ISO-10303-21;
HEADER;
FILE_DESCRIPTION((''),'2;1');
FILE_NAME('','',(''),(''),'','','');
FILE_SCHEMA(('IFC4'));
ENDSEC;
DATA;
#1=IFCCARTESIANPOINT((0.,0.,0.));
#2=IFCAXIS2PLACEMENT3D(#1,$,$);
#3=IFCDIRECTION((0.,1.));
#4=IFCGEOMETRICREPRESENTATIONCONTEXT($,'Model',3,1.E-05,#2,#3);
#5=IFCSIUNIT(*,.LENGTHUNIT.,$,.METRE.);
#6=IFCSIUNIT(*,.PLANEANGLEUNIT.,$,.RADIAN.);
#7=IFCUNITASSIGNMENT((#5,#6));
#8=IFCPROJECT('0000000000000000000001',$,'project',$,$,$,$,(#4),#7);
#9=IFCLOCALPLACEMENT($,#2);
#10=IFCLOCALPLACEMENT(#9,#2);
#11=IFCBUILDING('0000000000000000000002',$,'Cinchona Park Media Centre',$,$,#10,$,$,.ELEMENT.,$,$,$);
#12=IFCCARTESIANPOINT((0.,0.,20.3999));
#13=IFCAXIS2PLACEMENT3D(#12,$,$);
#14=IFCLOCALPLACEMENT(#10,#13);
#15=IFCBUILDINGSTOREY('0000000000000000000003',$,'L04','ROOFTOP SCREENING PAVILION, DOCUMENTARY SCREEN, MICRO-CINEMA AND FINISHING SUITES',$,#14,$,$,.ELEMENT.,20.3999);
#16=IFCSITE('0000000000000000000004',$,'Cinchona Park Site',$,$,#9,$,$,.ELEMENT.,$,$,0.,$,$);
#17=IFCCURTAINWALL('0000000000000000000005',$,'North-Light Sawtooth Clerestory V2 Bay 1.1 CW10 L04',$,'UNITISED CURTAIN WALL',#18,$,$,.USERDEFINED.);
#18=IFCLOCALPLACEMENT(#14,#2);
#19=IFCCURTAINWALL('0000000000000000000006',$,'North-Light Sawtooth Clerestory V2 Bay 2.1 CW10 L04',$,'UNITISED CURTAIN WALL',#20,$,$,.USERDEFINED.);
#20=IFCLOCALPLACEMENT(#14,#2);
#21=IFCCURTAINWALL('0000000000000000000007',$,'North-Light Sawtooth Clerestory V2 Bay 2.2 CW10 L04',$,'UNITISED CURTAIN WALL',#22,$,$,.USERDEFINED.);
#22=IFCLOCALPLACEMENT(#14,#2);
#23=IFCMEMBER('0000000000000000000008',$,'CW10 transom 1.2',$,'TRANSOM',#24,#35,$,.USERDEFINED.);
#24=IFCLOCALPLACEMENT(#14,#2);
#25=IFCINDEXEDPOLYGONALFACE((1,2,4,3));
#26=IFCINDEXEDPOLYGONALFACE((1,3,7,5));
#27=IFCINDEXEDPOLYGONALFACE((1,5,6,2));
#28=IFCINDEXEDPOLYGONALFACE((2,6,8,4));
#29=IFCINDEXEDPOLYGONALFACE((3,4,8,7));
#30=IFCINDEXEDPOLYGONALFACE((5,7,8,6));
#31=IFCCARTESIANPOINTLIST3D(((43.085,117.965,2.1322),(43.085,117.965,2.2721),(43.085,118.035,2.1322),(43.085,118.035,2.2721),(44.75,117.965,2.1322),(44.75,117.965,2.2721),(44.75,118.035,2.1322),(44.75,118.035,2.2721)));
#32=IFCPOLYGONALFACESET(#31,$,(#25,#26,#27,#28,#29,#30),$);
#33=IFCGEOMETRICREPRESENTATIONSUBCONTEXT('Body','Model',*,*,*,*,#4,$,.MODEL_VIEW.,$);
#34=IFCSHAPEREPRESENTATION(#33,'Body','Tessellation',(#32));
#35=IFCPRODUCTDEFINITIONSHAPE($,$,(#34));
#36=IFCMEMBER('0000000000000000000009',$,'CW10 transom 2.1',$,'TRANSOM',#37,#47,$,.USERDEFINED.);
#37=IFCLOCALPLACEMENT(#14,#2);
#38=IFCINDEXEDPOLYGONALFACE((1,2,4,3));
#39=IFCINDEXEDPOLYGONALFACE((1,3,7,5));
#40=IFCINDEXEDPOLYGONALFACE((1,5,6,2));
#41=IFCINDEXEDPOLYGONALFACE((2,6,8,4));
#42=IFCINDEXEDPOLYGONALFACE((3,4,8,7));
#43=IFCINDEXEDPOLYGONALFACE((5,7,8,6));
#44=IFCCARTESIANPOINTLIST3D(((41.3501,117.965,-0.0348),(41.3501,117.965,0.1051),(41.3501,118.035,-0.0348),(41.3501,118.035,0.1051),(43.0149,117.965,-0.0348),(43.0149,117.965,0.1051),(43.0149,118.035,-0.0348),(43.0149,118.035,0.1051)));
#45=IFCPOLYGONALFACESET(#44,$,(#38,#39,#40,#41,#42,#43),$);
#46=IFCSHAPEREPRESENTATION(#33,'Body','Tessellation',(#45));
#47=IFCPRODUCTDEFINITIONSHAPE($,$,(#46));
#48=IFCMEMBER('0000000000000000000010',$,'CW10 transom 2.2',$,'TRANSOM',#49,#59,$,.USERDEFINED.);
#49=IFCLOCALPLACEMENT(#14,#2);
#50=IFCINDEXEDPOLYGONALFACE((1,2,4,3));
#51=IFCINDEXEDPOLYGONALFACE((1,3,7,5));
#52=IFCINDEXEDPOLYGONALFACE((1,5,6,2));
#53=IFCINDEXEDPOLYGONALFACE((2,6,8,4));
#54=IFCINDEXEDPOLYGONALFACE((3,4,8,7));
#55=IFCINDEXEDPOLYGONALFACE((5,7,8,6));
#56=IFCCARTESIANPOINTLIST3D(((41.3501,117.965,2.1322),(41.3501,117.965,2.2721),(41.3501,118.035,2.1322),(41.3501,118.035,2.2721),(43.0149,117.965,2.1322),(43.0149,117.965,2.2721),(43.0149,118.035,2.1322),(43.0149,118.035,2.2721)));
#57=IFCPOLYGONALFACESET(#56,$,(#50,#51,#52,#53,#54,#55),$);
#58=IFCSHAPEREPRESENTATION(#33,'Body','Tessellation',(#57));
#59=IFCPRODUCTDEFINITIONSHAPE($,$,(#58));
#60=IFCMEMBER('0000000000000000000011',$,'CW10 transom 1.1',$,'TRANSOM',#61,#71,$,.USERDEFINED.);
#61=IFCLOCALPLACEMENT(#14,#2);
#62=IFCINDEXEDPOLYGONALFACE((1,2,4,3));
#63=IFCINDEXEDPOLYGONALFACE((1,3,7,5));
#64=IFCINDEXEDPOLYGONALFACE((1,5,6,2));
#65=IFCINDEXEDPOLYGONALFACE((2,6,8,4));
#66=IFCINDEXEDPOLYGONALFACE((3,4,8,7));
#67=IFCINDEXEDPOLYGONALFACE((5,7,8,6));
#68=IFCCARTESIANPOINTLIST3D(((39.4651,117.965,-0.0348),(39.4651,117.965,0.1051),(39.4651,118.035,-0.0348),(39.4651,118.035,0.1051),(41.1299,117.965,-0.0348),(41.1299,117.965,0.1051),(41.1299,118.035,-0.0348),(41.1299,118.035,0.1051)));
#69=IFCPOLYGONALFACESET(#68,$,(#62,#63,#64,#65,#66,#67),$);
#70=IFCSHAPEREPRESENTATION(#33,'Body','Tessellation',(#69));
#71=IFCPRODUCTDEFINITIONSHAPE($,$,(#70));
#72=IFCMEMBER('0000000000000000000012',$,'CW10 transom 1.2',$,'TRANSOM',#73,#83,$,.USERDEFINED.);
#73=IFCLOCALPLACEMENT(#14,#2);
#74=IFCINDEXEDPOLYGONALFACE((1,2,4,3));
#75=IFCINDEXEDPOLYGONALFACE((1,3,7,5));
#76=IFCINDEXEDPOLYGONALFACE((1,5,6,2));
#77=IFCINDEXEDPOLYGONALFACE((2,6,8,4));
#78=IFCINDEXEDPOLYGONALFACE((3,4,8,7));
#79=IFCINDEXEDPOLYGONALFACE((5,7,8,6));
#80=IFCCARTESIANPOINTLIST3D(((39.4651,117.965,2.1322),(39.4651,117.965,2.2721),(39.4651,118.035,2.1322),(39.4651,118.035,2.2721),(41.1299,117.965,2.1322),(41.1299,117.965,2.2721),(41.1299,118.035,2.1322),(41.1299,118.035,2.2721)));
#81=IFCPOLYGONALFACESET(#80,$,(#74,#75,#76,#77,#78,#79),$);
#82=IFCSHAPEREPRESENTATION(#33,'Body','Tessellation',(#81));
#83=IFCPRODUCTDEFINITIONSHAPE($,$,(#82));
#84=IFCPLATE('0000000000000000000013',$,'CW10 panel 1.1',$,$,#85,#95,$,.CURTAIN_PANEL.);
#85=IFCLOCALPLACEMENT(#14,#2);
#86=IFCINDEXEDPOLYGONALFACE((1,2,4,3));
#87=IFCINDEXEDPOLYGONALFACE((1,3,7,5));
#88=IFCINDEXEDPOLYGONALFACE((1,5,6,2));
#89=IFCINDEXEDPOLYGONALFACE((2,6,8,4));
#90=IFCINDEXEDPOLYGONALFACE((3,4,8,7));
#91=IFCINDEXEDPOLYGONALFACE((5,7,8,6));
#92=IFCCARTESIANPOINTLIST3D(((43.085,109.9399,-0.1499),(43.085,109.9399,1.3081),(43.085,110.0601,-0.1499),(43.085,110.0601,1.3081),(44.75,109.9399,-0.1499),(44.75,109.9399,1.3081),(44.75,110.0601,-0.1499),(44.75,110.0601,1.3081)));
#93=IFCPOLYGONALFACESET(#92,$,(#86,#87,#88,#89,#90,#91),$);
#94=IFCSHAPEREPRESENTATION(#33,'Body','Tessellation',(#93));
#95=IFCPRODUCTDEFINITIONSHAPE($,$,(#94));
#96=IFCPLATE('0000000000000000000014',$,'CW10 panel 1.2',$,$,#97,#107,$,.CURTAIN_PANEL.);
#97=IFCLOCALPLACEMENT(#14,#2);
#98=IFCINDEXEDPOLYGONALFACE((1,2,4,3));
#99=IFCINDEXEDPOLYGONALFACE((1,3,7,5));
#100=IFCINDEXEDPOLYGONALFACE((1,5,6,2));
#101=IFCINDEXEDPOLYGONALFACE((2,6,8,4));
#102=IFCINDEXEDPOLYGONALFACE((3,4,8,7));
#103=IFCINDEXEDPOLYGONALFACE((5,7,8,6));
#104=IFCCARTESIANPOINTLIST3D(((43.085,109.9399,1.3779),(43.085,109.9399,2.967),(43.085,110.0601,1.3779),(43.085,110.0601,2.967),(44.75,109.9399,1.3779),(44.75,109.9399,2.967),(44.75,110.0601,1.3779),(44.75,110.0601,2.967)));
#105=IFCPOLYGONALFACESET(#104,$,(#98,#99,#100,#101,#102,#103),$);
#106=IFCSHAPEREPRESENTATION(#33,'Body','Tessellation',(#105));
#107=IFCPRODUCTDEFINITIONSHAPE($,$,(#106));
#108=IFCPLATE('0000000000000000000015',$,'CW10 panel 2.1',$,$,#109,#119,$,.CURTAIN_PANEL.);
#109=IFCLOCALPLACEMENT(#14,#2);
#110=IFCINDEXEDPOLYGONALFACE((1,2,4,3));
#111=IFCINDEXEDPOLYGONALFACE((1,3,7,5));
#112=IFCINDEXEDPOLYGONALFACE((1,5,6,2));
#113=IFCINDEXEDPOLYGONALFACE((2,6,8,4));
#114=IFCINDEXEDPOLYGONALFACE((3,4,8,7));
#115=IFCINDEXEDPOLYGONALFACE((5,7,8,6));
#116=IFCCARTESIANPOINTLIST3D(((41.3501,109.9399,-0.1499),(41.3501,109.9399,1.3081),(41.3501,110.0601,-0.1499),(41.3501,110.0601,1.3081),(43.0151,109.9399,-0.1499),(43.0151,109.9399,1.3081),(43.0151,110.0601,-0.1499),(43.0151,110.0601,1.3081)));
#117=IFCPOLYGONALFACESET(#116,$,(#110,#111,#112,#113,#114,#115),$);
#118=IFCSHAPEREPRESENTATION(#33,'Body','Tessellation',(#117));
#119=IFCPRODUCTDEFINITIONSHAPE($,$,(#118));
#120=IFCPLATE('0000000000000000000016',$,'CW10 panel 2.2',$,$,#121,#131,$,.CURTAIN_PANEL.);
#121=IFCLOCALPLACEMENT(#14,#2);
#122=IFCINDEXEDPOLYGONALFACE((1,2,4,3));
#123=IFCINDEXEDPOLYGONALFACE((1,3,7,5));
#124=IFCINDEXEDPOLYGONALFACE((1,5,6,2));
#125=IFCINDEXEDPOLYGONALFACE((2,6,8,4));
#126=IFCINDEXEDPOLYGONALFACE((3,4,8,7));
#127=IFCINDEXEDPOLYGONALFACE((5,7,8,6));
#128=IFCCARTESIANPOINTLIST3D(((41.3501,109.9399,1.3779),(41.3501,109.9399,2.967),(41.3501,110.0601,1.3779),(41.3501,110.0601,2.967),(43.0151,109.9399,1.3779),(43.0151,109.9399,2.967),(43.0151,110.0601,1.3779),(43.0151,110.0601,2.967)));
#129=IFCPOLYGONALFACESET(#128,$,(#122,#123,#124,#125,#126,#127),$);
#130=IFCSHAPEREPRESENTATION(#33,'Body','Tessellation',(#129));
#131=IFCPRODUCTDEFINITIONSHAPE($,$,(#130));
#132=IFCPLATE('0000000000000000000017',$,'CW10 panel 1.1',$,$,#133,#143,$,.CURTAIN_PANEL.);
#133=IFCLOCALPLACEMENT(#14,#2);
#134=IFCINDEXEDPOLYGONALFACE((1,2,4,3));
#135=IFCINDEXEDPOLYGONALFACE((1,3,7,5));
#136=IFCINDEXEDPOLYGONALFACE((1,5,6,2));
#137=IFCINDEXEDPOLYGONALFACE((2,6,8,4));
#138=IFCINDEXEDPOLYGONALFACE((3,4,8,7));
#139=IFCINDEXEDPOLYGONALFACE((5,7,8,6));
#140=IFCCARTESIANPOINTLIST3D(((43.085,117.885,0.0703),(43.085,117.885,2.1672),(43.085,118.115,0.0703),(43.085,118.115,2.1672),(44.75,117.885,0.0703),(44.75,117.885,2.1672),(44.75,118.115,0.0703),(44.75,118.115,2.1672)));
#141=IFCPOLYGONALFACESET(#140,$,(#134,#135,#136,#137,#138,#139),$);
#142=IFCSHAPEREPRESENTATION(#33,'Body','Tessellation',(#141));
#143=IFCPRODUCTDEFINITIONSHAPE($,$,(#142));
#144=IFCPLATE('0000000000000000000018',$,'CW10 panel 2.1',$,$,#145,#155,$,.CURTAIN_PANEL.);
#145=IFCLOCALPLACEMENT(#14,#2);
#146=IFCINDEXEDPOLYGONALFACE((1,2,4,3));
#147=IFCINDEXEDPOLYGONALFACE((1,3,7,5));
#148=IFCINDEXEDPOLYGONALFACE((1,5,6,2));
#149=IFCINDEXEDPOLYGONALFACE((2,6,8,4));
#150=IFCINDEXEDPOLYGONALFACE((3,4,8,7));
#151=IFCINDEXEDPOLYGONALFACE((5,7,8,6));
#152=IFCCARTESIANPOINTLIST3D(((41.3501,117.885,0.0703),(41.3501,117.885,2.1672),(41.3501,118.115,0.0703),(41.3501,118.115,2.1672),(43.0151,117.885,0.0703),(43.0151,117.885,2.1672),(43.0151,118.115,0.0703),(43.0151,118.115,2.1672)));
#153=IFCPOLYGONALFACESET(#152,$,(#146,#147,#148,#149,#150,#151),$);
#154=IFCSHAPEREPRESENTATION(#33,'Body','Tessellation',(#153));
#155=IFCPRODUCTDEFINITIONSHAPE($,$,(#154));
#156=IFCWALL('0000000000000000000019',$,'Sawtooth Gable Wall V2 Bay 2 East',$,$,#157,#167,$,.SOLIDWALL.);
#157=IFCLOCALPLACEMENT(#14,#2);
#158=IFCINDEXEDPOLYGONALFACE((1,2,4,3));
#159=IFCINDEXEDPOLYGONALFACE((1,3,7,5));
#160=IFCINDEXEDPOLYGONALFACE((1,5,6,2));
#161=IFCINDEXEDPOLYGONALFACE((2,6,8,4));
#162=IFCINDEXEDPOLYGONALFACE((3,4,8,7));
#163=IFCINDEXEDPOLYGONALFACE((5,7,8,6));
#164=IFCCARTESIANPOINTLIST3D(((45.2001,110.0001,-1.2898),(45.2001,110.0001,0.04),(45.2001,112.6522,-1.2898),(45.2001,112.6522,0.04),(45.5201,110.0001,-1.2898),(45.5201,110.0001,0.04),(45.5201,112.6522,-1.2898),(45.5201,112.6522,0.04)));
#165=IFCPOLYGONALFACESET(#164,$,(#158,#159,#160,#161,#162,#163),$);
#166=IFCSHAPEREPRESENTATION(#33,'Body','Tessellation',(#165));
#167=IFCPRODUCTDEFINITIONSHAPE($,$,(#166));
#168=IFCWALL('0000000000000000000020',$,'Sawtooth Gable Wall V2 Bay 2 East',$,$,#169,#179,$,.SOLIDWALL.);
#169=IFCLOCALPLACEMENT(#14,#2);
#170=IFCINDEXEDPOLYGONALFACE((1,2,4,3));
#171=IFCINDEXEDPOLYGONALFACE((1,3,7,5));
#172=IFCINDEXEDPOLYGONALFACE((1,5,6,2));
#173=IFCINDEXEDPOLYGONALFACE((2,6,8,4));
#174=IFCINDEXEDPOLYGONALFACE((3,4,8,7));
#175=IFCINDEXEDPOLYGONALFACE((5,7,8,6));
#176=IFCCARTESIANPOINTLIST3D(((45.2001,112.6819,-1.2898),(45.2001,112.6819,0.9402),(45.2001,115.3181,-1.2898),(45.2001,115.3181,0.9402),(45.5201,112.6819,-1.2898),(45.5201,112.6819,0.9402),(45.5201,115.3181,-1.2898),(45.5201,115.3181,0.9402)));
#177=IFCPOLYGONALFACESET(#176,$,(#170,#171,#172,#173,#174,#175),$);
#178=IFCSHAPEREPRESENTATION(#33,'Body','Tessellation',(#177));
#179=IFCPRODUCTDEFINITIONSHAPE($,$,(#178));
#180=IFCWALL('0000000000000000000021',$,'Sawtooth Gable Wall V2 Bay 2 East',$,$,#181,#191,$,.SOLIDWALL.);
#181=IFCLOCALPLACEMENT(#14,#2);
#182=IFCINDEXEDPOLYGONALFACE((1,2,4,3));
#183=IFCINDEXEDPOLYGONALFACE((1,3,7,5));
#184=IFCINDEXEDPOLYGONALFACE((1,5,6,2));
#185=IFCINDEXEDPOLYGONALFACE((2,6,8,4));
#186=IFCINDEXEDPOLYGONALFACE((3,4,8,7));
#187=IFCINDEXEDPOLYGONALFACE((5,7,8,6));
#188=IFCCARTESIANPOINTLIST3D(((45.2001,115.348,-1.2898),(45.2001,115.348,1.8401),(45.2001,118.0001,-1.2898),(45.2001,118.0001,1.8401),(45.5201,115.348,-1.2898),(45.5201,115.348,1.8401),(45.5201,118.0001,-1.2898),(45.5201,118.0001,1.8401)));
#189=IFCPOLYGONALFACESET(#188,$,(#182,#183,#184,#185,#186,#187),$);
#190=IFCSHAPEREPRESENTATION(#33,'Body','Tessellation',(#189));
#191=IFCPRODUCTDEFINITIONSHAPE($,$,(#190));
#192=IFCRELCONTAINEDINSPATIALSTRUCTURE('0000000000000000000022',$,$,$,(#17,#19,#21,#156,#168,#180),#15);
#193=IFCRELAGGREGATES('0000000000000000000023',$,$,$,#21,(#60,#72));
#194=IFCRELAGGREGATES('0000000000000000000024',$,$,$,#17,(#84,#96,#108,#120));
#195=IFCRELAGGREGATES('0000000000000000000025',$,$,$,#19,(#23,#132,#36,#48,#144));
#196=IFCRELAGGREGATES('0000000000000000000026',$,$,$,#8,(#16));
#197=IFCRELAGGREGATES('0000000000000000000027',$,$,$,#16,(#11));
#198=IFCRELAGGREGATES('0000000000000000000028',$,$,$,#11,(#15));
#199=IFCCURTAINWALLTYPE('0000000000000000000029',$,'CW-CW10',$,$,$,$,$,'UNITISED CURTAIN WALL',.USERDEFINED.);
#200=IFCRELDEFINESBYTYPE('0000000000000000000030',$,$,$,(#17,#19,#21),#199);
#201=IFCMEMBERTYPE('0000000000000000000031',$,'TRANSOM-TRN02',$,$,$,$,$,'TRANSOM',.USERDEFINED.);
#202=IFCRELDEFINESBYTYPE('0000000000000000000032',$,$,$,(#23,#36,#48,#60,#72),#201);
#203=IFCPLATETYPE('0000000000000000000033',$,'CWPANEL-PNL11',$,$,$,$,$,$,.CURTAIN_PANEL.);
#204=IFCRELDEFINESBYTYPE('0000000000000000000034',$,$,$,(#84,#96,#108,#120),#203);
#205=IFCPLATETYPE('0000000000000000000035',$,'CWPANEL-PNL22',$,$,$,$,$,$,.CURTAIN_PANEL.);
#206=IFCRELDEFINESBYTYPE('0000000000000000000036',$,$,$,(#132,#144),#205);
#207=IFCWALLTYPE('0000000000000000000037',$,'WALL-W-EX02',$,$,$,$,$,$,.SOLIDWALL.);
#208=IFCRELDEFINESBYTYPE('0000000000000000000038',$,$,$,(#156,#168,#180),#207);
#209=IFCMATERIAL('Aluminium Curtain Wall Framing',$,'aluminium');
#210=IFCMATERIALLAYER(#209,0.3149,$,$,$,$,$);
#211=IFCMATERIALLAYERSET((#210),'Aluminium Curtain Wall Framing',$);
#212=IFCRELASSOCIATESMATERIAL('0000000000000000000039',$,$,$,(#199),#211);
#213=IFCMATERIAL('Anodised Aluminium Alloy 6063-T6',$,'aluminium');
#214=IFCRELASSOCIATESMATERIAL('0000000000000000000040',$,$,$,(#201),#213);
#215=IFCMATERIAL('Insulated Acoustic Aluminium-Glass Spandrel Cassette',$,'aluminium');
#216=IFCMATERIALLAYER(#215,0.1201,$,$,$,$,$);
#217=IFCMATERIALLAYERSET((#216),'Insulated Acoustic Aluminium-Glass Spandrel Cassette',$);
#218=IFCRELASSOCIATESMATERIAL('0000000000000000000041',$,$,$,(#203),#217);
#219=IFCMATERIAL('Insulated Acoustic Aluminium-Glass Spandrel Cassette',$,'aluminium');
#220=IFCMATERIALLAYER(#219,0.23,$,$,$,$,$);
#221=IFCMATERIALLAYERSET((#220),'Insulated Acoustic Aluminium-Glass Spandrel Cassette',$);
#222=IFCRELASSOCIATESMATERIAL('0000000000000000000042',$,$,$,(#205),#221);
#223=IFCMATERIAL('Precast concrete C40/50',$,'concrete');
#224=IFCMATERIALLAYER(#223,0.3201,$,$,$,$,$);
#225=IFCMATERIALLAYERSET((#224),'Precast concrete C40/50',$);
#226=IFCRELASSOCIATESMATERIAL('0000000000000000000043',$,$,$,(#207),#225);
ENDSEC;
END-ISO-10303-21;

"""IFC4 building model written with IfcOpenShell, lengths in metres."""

from ifc_helpers import new_model, si_unit, direction, frame, frame_2d, origin, origin_2d, place, context, subcontext, project, spatial, rectangle, extrude, material, layer, layer_set, material_profile, profile_set, type_object, element, aggregate, save


model = new_model("IFC4")

# Units and contexts
model_context = context("Model", 3, precision=1e-05, world=origin(), true_north=direction((0.0, 1.0)))
body_context = subcontext(model_context, "Body", "Model", "MODEL_VIEW")
ifc_project = project(units=[si_unit("LENGTHUNIT", "METRE"), si_unit("PLANEANGLEUNIT", "RADIAN")], contexts=[model_context])

# Site, building, storey
site_placement = place(None, origin())
site = spatial("IfcSite", under=ifc_project, at=site_placement, Name="Cinchona Park Site", CompositionType="ELEMENT", RefElevation=0.0)
building_placement = place(site_placement, origin())
building = spatial("IfcBuilding", under=site, at=building_placement, Name="Cinchona Park Media Centre", CompositionType="ELEMENT")
storey_placement = place(building_placement, frame((0.0, 0.0, 20.3999)))
storey = spatial("IfcBuildingStorey", under=building, at=storey_placement, Name="L04", Description="ROOFTOP SCREENING PAVILION, DOCUMENTARY SCREEN, MICRO-CINEMA AND FINISHING SUITES", CompositionType="ELEMENT", Elevation=20.3999)

# Curtain wall
ifc_material_1 = material(Name="Aluminium Curtain Wall Framing", Category="aluminium")
ifc_layer_1 = layer(ifc_material_1, 0.3149)
ifc_layer_set_1 = layer_set([ifc_layer_1], Name="Aluminium Curtain Wall Framing")
curtain_wall_type = type_object("IfcCurtainWallType", Name="CW-CW10", ElementType="UNITISED CURTAIN WALL", PredefinedType="USERDEFINED", material=ifc_layer_set_1)
curtain_wall_1_placement = place(storey_placement, origin())
curtain_wall_1 = element("IfcCurtainWall", 1, at=curtain_wall_1_placement, inside=storey, type_object=curtain_wall_type, Name="North-Light Sawtooth Clerestory V2 Bay 1.1 CW10 L04", ObjectType="UNITISED CURTAIN WALL", PredefinedType="USERDEFINED")

# Curtain wall
curtain_wall_2_placement = place(storey_placement, origin())
curtain_wall_2 = element("IfcCurtainWall", 2, at=curtain_wall_2_placement, inside=storey, type_object=curtain_wall_type, Name="North-Light Sawtooth Clerestory V2 Bay 2.1 CW10 L04", ObjectType="UNITISED CURTAIN WALL", PredefinedType="USERDEFINED")

# Curtain wall
curtain_wall_3_placement = place(storey_placement, origin())
curtain_wall_3 = element("IfcCurtainWall", 3, at=curtain_wall_3_placement, inside=storey, type_object=curtain_wall_type, Name="North-Light Sawtooth Clerestory V2 Bay 2.2 CW10 L04", ObjectType="UNITISED CURTAIN WALL", PredefinedType="USERDEFINED")

# Members
ifc_material_2 = material(Name="Anodised Aluminium Alloy 6063-T6", Category="aluminium")
ifc_material_profile_1 = material_profile(ifc_material_2, rectangle(XDim=0.0701, YDim=0.1399, at=origin_2d()), Name="TRN-70X140")
ifc_profile_set_1 = profile_set([ifc_material_profile_1], Name="Anodised Aluminium Alloy 6063-T6")
member_type_1 = type_object("IfcMemberType", Name="TRANSOM-TRN02", ElementType="TRANSOM", PredefinedType="USERDEFINED", material=ifc_profile_set_1)
member_1_placement = place(storey_placement, frame((44.75, 118.0, 2.2021), z_axis=(-1.0, 0.0, 0.0), x_axis=(0.0, -1.0, 0.0)))
member_1 = element("IfcMember", 4, at=member_1_placement, type_object=member_type_1, Name="CW10 transom 1.2", ObjectType="TRANSOM", PredefinedType="USERDEFINED", context=body_context, shape_type="SweptSolid", body=[
    extrude(rectangle(XDim=0.0701, YDim=0.1399, at=origin_2d()), origin(), (0.0, 0.0, 1.0), 1.665),
])
member_2_placement = place(storey_placement, frame((43.0149, 118.0, 0.0352), z_axis=(-1.0, 0.0, 0.0), x_axis=(0.0, -1.0, 0.0)))
member_2 = element("IfcMember", 5, at=member_2_placement, type_object=member_type_1, Name="CW10 transom 2.1", ObjectType="TRANSOM", PredefinedType="USERDEFINED", context=body_context, shape_type="SweptSolid", body=[
    extrude(rectangle(XDim=0.0701, YDim=0.1399, at=origin_2d()), origin(), (0.0, 0.0, 1.0), 1.6648),
])
member_3_placement = place(storey_placement, frame((43.0149, 118.0, 2.2021), z_axis=(-1.0, 0.0, 0.0), x_axis=(0.0, -1.0, 0.0)))
member_3 = element("IfcMember", 6, at=member_3_placement, type_object=member_type_1, Name="CW10 transom 2.2", ObjectType="TRANSOM", PredefinedType="USERDEFINED", context=body_context, shape_type="SweptSolid", body=[
    extrude(rectangle(XDim=0.0701, YDim=0.1399, at=origin_2d()), origin(), (0.0, 0.0, 1.0), 1.6648),
])
member_4_placement = place(storey_placement, frame((41.1299, 118.0, 0.0352), z_axis=(-1.0, 0.0, 0.0), x_axis=(0.0, -1.0, 0.0)))
member_4 = element("IfcMember", 7, at=member_4_placement, type_object=member_type_1, Name="CW10 transom 1.1", ObjectType="TRANSOM", PredefinedType="USERDEFINED", context=body_context, shape_type="SweptSolid", body=[
    extrude(rectangle(XDim=0.0701, YDim=0.1399, at=origin_2d()), origin(), (0.0, 0.0, 1.0), 1.6648),
])
member_5_placement = place(storey_placement, frame((41.1299, 118.0, 2.2021), z_axis=(-1.0, 0.0, 0.0), x_axis=(0.0, -1.0, 0.0)))
member_5 = element("IfcMember", 8, at=member_5_placement, type_object=member_type_1, Name="CW10 transom 1.2", ObjectType="TRANSOM", PredefinedType="USERDEFINED", context=body_context, shape_type="SweptSolid", body=[
    extrude(rectangle(XDim=0.0701, YDim=0.1399, at=origin_2d()), origin(), (0.0, 0.0, 1.0), 1.6648),
])
aggregate(curtain_wall_3, [member_4, member_5])

# Plates
ifc_material_3 = material(Name="Insulated Acoustic Aluminium-Glass Spandrel Cassette", Category="aluminium")
ifc_layer_2 = layer(ifc_material_3, 0.1201)
ifc_layer_set_2 = layer_set([ifc_layer_2], Name="Insulated Acoustic Aluminium-Glass Spandrel Cassette")
plate_type_1 = type_object("IfcPlateType", Name="CWPANEL-PNL11", PredefinedType="CURTAIN_PANEL", material=ifc_layer_set_2)
plate_1_placement = place(storey_placement, frame((43.9175, 110.0, -0.1499), z_axis=(0.0, 0.0, 1.0), x_axis=(-1.0, 0.0, 0.0)))
plate_1 = element("IfcPlate", 9, at=plate_1_placement, type_object=plate_type_1, Name="CW10 panel 1.1", PredefinedType="CURTAIN_PANEL", context=body_context, shape_type="SweptSolid", body=[
    extrude(rectangle(XDim=1.665, YDim=0.1201, at=origin_2d()), origin(), (0.0, 0.0, 1.0), 1.458),
])
plate_2_placement = place(storey_placement, frame((43.9175, 110.0, 1.3779), z_axis=(0.0, 0.0, 1.0), x_axis=(-1.0, 0.0, 0.0)))
plate_2 = element("IfcPlate", 10, at=plate_2_placement, type_object=plate_type_1, Name="CW10 panel 1.2", PredefinedType="CURTAIN_PANEL", context=body_context, shape_type="SweptSolid", body=[
    extrude(rectangle(XDim=1.665, YDim=0.1201, at=origin_2d()), origin(), (0.0, 0.0, 1.0), 1.5891),
])
plate_3_placement = place(storey_placement, frame((42.1826, 110.0, -0.1499), z_axis=(0.0, 0.0, 1.0), x_axis=(-1.0, 0.0, 0.0)))
plate_3 = element("IfcPlate", 11, at=plate_3_placement, type_object=plate_type_1, Name="CW10 panel 2.1", PredefinedType="CURTAIN_PANEL", context=body_context, shape_type="SweptSolid", body=[
    extrude(rectangle(XDim=1.665, YDim=0.1201, at=origin_2d()), origin(), (0.0, 0.0, 1.0), 1.458),
])
plate_4_placement = place(storey_placement, frame((42.1826, 110.0, 1.3779), z_axis=(0.0, 0.0, 1.0), x_axis=(-1.0, 0.0, 0.0)))
plate_4 = element("IfcPlate", 12, at=plate_4_placement, type_object=plate_type_1, Name="CW10 panel 2.2", PredefinedType="CURTAIN_PANEL", context=body_context, shape_type="SweptSolid", body=[
    extrude(rectangle(XDim=1.665, YDim=0.1201, at=origin_2d()), origin(), (0.0, 0.0, 1.0), 1.5891),
])
aggregate(curtain_wall_1, [plate_1, plate_2, plate_3, plate_4])
ifc_material_4 = material(Name="Insulated Acoustic Aluminium-Glass Spandrel Cassette", Category="aluminium")
ifc_layer_3 = layer(ifc_material_4, 0.23)
ifc_layer_set_3 = layer_set([ifc_layer_3], Name="Insulated Acoustic Aluminium-Glass Spandrel Cassette")
plate_type_2 = type_object("IfcPlateType", Name="CWPANEL-PNL22", PredefinedType="CURTAIN_PANEL", material=ifc_layer_set_3)
plate_5_placement = place(storey_placement, frame((43.9175, 118.0, 0.0703), z_axis=(0.0, 0.0, 1.0), x_axis=(-1.0, 0.0, 0.0)))
plate_5 = element("IfcPlate", 13, at=plate_5_placement, type_object=plate_type_2, Name="CW10 panel 1.1", PredefinedType="CURTAIN_PANEL", context=body_context, shape_type="SweptSolid", body=[
    extrude(rectangle(XDim=1.665, YDim=0.23, at=origin_2d()), origin(), (0.0, 0.0, 1.0), 2.0969),
])
plate_6_placement = place(storey_placement, frame((42.1826, 118.0, 0.0703), z_axis=(0.0, 0.0, 1.0), x_axis=(-1.0, 0.0, 0.0)))
plate_6 = element("IfcPlate", 14, at=plate_6_placement, type_object=plate_type_2, Name="CW10 panel 2.1", PredefinedType="CURTAIN_PANEL", context=body_context, shape_type="SweptSolid", body=[
    extrude(rectangle(XDim=1.665, YDim=0.23, at=origin_2d()), origin(), (0.0, 0.0, 1.0), 2.0969),
])
aggregate(curtain_wall_2, [member_1, plate_5, member_2, member_3, plate_6])

# Walls
ifc_material_5 = material(Name="Precast concrete C40/50", Category="concrete")
ifc_layer_4 = layer(ifc_material_5, 0.3201)
ifc_layer_set_4 = layer_set([ifc_layer_4], Name="Precast concrete C40/50")
wall_type = type_object("IfcWallType", Name="WALL-W-EX02", PredefinedType="SOLIDWALL", material=ifc_layer_set_4)
wall_1_placement = place(storey_placement, frame((45.3601, 110.0, -1.2898), z_axis=(0.0, 0.0, 1.0), x_axis=(0.0, 1.0, 0.0)))
element("IfcWall", 15, at=wall_1_placement, inside=storey, type_object=wall_type, Name="Sawtooth Gable Wall V2 Bay 2 East", PredefinedType="SOLIDWALL", context=body_context, shape_type="SweptSolid", body=[
    extrude(rectangle(XDim=2.6521, YDim=0.3201, at=frame_2d((1.3262, 0.0))), origin(), (0.0, 0.0, 1.0), 1.3298),
])
wall_2_placement = place(storey_placement, frame((45.3601, 112.6819, -1.2898), z_axis=(0.0, 0.0, 1.0), x_axis=(0.0, 1.0, 0.0)))
element("IfcWall", 16, at=wall_2_placement, inside=storey, type_object=wall_type, Name="Sawtooth Gable Wall V2 Bay 2 East", PredefinedType="SOLIDWALL", context=body_context, shape_type="SweptSolid", body=[
    extrude(rectangle(XDim=2.6362, YDim=0.3201, at=frame_2d((1.3181, 0.0))), origin(), (0.0, 0.0, 1.0), 2.23),
])
wall_3_placement = place(storey_placement, frame((45.3601, 115.3479, -1.2898), z_axis=(0.0, 0.0, 1.0), x_axis=(0.0, 1.0, 0.0)))
element("IfcWall", 17, at=wall_3_placement, inside=storey, type_object=wall_type, Name="Sawtooth Gable Wall V2 Bay 2 East", PredefinedType="SOLIDWALL", context=body_context, shape_type="SweptSolid", body=[
    extrude(rectangle(XDim=2.6521, YDim=0.3201, at=frame_2d((1.3262, 0.0))), origin(), (0.0, 0.0, 1.0), 3.1299),
])

save(model, "model.ifc")
